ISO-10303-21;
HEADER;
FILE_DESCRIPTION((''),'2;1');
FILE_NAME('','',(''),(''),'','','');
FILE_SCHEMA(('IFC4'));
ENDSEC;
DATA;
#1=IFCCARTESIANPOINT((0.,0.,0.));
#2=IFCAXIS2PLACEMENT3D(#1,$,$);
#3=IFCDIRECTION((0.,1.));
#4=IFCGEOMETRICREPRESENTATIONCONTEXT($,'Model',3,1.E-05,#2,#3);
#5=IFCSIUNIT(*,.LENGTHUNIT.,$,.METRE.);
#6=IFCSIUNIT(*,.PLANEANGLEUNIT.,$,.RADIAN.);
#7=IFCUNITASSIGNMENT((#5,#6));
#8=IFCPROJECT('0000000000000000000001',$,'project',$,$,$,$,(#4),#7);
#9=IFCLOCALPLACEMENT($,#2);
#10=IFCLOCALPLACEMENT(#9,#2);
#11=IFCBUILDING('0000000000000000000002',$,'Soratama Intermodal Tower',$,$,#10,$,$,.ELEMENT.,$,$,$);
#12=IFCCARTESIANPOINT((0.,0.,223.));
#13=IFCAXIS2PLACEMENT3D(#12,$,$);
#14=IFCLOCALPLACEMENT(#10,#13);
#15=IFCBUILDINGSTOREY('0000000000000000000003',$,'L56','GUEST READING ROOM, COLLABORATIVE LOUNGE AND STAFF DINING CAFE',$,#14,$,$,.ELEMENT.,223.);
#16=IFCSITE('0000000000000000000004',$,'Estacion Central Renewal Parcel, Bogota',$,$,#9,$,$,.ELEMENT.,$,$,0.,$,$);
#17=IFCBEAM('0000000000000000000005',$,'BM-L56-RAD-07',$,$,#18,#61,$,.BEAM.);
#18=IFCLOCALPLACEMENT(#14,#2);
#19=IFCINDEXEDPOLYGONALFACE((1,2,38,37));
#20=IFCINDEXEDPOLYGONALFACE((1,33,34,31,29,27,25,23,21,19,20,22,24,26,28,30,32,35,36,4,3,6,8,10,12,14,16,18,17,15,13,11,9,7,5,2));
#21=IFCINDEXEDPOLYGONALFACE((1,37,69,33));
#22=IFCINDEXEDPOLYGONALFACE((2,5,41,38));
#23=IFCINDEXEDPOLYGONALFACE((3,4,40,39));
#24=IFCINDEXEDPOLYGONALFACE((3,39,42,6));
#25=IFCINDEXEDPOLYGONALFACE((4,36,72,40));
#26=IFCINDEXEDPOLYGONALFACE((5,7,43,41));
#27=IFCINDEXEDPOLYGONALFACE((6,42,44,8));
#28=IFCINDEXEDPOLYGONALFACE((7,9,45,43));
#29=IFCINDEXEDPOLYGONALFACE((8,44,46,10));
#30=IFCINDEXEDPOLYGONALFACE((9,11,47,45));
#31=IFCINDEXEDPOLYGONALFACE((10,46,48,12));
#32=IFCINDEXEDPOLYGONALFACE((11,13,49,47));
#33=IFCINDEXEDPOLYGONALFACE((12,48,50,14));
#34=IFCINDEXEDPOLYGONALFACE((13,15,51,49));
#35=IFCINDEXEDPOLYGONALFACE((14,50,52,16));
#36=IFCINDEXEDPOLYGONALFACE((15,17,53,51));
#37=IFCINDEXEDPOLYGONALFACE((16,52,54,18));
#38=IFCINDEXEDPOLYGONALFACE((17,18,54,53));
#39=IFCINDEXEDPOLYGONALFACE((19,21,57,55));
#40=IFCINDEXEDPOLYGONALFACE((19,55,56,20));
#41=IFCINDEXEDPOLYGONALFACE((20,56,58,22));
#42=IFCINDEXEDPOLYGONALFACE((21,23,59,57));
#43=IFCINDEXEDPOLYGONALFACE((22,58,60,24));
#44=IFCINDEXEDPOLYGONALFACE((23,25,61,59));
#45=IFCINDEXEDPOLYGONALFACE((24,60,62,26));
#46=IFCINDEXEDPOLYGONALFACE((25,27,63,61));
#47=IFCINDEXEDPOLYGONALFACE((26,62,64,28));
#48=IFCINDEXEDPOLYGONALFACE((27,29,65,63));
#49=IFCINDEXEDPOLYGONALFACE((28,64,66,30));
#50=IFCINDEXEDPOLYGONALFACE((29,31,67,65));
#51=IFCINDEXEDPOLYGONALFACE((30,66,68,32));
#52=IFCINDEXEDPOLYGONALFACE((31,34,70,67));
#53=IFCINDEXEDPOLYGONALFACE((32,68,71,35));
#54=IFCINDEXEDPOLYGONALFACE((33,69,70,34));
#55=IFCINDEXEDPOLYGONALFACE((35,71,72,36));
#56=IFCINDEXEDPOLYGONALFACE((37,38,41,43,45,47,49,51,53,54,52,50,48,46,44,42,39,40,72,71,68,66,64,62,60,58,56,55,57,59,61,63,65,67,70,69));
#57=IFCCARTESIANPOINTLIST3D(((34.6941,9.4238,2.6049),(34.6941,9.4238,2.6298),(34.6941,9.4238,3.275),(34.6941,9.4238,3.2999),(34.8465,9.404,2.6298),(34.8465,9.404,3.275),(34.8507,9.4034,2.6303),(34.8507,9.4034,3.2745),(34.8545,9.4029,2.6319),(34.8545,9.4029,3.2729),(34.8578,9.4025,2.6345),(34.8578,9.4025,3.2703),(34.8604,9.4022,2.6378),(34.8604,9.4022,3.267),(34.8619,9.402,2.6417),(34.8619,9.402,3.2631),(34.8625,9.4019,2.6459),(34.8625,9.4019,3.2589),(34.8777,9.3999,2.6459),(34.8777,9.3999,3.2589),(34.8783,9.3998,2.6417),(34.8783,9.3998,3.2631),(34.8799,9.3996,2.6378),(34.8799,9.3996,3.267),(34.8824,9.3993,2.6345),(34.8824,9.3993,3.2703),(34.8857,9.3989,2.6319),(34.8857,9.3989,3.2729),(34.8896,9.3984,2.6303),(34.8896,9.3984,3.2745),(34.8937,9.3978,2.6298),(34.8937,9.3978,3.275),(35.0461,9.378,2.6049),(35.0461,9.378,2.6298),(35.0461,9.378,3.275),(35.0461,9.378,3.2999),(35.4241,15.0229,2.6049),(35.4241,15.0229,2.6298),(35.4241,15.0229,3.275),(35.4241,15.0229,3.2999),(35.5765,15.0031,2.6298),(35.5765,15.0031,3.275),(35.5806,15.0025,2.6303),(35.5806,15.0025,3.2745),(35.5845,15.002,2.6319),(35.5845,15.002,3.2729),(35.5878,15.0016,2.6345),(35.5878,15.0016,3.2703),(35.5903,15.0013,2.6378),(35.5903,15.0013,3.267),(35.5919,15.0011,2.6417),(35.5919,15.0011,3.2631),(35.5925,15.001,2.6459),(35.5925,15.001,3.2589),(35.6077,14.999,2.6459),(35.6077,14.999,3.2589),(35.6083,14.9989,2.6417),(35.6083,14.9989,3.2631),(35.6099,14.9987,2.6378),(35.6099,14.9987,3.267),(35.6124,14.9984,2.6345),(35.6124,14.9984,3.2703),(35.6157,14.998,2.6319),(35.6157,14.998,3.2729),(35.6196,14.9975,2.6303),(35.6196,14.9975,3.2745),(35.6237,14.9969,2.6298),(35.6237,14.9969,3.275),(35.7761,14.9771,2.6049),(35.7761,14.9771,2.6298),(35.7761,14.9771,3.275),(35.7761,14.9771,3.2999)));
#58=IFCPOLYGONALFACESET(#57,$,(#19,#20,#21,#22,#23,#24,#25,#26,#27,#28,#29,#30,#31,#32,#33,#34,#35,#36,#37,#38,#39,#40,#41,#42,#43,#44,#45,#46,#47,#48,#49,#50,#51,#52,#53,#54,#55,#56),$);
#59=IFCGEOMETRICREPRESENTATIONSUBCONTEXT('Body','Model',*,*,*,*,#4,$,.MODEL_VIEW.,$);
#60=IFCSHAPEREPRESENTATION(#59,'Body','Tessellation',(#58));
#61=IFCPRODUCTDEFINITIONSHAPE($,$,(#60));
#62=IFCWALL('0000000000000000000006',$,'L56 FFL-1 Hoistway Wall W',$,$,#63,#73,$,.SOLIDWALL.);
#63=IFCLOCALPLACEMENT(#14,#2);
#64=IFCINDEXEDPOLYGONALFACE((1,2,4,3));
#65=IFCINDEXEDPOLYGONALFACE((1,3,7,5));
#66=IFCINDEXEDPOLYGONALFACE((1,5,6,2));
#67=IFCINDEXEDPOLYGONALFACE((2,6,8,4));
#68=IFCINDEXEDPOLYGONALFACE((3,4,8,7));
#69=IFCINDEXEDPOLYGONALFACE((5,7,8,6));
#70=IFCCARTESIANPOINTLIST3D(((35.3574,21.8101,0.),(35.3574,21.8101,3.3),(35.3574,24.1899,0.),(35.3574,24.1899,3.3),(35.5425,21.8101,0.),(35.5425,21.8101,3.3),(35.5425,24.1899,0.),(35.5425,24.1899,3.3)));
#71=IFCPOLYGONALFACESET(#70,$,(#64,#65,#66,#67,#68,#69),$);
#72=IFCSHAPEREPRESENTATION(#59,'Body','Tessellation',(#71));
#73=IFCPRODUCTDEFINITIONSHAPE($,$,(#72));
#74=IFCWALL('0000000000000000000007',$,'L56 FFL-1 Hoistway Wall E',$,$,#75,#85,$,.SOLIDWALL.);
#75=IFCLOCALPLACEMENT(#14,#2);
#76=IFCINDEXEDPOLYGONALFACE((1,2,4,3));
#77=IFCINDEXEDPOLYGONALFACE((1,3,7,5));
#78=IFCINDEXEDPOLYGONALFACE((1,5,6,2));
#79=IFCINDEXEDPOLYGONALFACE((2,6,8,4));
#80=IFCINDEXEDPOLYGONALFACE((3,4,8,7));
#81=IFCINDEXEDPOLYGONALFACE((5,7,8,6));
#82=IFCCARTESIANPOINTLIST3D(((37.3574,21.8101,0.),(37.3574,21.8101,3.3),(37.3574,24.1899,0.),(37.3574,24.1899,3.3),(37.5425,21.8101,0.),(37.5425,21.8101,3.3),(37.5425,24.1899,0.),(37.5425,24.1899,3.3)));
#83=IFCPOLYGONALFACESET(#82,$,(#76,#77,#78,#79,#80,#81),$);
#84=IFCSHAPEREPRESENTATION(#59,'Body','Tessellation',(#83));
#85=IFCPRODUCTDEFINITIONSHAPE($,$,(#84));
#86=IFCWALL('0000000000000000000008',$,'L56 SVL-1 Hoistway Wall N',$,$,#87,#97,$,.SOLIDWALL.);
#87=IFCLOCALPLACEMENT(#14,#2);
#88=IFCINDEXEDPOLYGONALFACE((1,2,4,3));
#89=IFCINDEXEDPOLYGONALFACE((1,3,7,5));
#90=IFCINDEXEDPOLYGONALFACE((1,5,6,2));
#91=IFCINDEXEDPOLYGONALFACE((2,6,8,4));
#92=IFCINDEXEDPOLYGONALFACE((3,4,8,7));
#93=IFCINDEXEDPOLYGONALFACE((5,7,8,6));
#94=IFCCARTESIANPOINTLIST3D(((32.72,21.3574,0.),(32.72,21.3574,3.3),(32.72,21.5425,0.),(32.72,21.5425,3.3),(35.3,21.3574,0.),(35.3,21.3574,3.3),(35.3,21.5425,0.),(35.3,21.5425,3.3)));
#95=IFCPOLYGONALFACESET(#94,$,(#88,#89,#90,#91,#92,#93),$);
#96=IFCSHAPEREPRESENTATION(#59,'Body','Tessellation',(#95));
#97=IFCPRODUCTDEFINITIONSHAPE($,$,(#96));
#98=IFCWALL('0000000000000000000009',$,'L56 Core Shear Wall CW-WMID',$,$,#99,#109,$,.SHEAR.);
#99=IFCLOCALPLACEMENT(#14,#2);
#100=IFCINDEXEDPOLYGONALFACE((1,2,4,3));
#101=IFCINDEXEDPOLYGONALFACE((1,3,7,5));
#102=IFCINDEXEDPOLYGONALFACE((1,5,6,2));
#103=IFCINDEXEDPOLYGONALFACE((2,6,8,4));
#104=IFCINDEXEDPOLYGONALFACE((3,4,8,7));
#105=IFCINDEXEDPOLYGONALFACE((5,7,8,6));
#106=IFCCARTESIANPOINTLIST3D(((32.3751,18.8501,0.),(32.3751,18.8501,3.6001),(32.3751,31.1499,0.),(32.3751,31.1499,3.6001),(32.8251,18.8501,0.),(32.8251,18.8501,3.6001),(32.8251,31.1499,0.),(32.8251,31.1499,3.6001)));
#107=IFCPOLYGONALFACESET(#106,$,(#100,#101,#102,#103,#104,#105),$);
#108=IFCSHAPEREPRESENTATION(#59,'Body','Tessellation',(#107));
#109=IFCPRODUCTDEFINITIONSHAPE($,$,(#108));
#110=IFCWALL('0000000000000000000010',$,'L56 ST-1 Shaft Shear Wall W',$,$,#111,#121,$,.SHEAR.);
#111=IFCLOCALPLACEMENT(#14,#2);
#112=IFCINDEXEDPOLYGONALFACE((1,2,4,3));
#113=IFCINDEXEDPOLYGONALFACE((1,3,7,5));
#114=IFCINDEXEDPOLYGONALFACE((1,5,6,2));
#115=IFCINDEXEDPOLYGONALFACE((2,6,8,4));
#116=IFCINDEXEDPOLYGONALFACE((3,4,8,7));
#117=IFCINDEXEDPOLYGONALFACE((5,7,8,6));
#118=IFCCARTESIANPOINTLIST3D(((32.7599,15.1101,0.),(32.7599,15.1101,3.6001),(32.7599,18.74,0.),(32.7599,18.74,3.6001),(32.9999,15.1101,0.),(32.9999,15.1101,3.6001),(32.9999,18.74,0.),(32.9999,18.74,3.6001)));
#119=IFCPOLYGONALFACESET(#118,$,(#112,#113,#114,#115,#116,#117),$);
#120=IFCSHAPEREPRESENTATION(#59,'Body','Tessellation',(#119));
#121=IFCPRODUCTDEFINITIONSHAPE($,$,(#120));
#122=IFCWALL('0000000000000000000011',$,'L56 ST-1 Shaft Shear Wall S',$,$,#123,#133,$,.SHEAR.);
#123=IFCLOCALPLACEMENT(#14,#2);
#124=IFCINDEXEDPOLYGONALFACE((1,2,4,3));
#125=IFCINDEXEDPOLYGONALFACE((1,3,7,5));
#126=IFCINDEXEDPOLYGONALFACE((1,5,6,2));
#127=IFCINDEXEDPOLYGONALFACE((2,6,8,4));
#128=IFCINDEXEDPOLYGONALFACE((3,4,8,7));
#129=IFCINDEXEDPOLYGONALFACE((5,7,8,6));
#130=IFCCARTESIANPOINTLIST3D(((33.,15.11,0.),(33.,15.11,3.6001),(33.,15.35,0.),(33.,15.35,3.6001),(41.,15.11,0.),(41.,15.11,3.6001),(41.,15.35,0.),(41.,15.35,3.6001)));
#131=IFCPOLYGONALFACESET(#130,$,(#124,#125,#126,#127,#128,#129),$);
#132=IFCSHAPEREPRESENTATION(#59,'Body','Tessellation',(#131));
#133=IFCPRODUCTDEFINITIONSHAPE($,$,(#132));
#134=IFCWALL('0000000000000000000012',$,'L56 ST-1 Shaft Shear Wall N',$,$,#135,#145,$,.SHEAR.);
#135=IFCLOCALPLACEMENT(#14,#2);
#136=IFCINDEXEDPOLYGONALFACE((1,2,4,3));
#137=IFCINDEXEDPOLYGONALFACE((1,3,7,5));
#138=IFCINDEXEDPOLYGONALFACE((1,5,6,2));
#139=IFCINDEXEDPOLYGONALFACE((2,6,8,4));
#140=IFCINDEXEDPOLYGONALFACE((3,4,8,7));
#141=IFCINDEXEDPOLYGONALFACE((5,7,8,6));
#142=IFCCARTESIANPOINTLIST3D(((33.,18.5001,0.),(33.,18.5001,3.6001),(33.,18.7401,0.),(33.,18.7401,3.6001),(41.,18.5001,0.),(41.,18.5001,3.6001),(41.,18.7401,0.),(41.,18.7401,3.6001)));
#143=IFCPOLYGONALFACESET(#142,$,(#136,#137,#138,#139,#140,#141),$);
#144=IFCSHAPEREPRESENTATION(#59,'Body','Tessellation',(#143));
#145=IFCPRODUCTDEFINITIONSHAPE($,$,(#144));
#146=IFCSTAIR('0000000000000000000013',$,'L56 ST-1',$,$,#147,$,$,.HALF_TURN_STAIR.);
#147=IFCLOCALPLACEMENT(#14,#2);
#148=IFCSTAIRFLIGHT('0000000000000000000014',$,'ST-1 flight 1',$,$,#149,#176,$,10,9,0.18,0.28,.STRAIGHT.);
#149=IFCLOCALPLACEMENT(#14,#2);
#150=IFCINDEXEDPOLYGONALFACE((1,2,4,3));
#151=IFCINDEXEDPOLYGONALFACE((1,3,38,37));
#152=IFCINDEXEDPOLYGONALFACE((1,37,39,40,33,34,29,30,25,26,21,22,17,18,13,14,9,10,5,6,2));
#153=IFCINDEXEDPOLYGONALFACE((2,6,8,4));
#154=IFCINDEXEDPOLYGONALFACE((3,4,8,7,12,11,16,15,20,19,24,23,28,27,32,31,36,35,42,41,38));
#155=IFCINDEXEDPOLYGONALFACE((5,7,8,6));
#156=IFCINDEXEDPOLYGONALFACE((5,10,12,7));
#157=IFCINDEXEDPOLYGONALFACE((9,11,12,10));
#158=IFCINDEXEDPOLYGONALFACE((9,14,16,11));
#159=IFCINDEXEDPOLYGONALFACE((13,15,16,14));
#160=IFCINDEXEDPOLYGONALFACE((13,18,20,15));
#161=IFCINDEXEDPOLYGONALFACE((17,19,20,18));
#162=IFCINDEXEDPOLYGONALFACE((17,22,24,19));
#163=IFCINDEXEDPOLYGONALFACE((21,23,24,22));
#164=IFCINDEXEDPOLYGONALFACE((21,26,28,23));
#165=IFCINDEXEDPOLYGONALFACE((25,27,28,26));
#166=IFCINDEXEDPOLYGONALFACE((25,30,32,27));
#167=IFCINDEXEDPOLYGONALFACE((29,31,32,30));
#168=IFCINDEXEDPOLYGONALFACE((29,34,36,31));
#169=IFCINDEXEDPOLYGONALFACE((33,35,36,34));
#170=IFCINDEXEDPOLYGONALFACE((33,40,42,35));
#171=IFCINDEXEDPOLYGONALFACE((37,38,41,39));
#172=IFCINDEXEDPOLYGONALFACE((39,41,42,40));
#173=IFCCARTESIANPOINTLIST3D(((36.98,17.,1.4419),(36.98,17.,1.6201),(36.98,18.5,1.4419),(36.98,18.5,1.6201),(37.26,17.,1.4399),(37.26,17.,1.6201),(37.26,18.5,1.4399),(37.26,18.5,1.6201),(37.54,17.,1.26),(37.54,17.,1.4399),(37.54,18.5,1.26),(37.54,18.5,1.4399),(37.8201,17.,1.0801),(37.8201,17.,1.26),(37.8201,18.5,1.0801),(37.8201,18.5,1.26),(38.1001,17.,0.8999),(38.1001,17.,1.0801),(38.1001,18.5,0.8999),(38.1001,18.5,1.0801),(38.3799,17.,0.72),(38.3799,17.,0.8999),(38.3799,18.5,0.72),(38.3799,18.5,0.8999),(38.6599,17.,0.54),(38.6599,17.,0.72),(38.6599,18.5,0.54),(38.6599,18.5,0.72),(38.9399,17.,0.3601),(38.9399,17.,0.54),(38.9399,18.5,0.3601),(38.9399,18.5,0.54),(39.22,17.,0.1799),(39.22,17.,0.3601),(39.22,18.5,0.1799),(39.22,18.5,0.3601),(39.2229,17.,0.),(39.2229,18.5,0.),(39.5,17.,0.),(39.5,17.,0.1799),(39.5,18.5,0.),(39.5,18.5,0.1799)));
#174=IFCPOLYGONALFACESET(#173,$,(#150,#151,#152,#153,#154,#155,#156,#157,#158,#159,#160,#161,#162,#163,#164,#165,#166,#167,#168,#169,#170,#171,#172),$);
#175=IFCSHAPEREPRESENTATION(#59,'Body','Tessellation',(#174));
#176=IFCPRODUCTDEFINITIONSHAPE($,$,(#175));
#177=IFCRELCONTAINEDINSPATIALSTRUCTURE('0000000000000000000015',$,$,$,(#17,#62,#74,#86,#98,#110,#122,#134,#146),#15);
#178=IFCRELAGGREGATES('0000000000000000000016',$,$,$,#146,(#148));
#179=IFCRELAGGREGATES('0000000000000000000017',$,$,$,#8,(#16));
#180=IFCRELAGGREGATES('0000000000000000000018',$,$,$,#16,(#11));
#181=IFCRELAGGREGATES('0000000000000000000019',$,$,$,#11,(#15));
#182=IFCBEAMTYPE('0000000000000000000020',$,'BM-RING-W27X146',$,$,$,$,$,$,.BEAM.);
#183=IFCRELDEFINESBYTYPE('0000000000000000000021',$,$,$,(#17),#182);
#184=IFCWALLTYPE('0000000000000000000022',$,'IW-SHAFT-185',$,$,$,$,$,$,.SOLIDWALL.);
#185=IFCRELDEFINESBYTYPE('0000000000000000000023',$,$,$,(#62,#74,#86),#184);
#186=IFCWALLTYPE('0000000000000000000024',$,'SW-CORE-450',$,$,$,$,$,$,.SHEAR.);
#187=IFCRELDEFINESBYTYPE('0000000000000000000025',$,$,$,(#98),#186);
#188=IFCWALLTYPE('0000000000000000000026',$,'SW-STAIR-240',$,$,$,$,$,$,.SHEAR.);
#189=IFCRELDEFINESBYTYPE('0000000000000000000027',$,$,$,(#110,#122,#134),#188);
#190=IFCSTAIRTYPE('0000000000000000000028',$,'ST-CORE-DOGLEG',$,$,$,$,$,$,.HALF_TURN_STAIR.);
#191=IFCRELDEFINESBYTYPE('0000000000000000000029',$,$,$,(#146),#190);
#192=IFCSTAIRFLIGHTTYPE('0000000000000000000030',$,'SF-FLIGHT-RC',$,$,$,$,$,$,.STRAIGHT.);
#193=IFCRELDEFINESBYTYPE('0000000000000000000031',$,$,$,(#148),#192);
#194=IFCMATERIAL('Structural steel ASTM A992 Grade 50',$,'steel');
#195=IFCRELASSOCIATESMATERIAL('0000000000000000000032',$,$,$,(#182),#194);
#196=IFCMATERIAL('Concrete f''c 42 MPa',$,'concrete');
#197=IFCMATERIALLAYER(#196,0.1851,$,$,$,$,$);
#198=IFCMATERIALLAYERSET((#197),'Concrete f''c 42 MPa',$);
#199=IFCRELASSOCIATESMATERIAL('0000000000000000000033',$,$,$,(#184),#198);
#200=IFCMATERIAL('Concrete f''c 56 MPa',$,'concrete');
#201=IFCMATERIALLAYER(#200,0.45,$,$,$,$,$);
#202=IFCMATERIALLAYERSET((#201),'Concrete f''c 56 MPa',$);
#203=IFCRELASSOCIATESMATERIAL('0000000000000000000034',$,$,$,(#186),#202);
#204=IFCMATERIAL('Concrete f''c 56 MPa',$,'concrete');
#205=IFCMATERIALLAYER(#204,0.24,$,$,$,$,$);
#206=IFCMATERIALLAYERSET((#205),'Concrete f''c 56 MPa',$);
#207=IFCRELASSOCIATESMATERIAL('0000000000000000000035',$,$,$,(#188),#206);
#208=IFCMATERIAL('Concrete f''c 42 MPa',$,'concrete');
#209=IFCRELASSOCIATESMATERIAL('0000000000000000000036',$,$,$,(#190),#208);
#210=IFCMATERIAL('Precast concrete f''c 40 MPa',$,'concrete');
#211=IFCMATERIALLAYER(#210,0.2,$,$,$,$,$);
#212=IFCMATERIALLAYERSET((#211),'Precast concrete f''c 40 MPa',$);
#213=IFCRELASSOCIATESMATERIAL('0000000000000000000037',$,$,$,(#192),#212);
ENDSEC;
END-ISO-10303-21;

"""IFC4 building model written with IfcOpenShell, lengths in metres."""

from ifc_helpers import new_model, si_unit, direction, frame, frame_2d, origin, origin_2d, place, context, subcontext, project, spatial, polyline, rectangle, i_section, outline, extrude, material, layer, layer_set, material_profile, profile_set, type_object, element, aggregate, save


model = new_model("IFC4")

# Units and contexts
model_context = context("Model", 3, precision=1e-05, world=origin(), true_north=direction((0.0, 1.0)))
body_context = subcontext(model_context, "Body", "Model", "MODEL_VIEW")
ifc_project = project(units=[si_unit("LENGTHUNIT", "METRE"), si_unit("PLANEANGLEUNIT", "RADIAN")], contexts=[model_context])

# Site, building, storey
site_placement = place(None, origin())
site = spatial("IfcSite", under=ifc_project, at=site_placement, Name="Estacion Central Renewal Parcel, Bogota", CompositionType="ELEMENT", RefElevation=0.0)
building_placement = place(site_placement, origin())
building = spatial("IfcBuilding", under=site, at=building_placement, Name="Soratama Intermodal Tower", CompositionType="ELEMENT")
storey_placement = place(building_placement, frame((0.0, 0.0, 223.0)))
storey = spatial("IfcBuildingStorey", under=building, at=storey_placement, Name="L56", Description="GUEST READING ROOM, COLLABORATIVE LOUNGE AND STAFF DINING CAFE", CompositionType="ELEMENT", Elevation=223.0)

# Beam
ifc_material_1 = material(Name="Structural steel ASTM A992 Grade 50", Category="steel")
ifc_material_profile_1 = material_profile(ifc_material_1, i_section(OverallWidth=0.355, OverallDepth=0.6951, WebThickness=0.0154, FlangeThickness=0.0249, FilletRadius=0.0161, at=origin_2d()), Name="W27X146")
ifc_profile_set_1 = profile_set([ifc_material_profile_1], Name="Structural steel ASTM A992 Grade 50")
beam_type_1 = type_object("IfcBeamType", Name="BM-RING-W27X146", PredefinedType="BEAM", material=ifc_profile_set_1)
beam_1_placement = place(storey_placement, frame((35.6001, 15.0, 2.9524), z_axis=(-0.12928, -0.991608, 0.0), x_axis=(0.991608, -0.12928, 0.0)))
element("IfcBeam", 1, at=beam_1_placement, inside=storey, type_object=beam_type_1, Name="BM-L56-RAD-07", PredefinedType="BEAM", context=body_context, shape_type="SweptSolid", body=[
    extrude(i_section(OverallWidth=0.355, OverallDepth=0.6951, WebThickness=0.0154, FlangeThickness=0.0249, FilletRadius=0.0161, at=origin_2d()), origin(), (0.0, 0.0, 1.0), 5.6465),
])

# Shared definitions
ifc_material_2 = material(Name="Concrete f'c 42 MPa", Category="concrete")
ifc_layer_1 = layer(ifc_material_2, 0.1851)
ifc_layer_set_1 = layer_set([ifc_layer_1], Name="Concrete f'c 42 MPa")
wall_type_1 = type_object("IfcWallType", Name="IW-SHAFT-185", PredefinedType="SOLIDWALL", material=ifc_layer_set_1)

# Walls
for number, where, z_axis, x_axis, name in (
    (2, (35.45, 21.8101, 0.0), (0.0, 0.0, 1.0), (0.0, 1.0, 0.0), "L56 FFL-1 Hoistway Wall W"),
    (3, (37.45, 21.8101, 0.0), (0.0, 0.0, 1.0), (0.0, 1.0, 0.0), "L56 FFL-1 Hoistway Wall E"),
):
    element("IfcWall", number, at=place(storey_placement, frame(where, z_axis=z_axis, x_axis=x_axis)), inside=storey, type_object=wall_type_1, Name=name, PredefinedType="SOLIDWALL", context=body_context, shape_type="SweptSolid", body=[
        extrude(rectangle(XDim=2.3799, YDim=0.1851, at=frame_2d((1.1899, 0.0))), origin(), (0.0, 0.0, 1.0), 3.3),
    ])

# Wall
wall_1_placement = place(storey_placement, frame((32.72, 21.45, 0.0), z_axis=(0.0, 0.0, 1.0), x_axis=(1.0, 0.0, 0.0)))
element("IfcWall", 4, at=wall_1_placement, inside=storey, type_object=wall_type_1, Name="L56 SVL-1 Hoistway Wall N", PredefinedType="SOLIDWALL", context=body_context, shape_type="SweptSolid", body=[
    extrude(rectangle(XDim=2.5801, YDim=0.1851, at=frame_2d((1.29, 0.0))), origin(), (0.0, 0.0, 1.0), 3.3),
])

# Walls
ifc_material_3 = material(Name="Concrete f'c 56 MPa", Category="concrete")
ifc_layer_2 = layer(ifc_material_3, 0.45)
ifc_layer_set_2 = layer_set([ifc_layer_2], Name="Concrete f'c 56 MPa")
wall_type_2 = type_object("IfcWallType", Name="SW-CORE-450", PredefinedType="SHEAR", material=ifc_layer_set_2)
wall_2_placement = place(storey_placement, frame((32.6001, 18.8501, 0.0), z_axis=(0.0, 0.0, 1.0), x_axis=(0.0, 1.0, 0.0)))
element("IfcWall", 5, at=wall_2_placement, inside=storey, type_object=wall_type_2, Name="L56 Core Shear Wall CW-WMID", PredefinedType="SHEAR", context=body_context, shape_type="SweptSolid", body=[
    extrude(rectangle(XDim=12.2998, YDim=0.45, at=frame_2d((6.1499, 0.0))), origin(), (0.0, 0.0, 1.0), 3.6001),
])
ifc_material_4 = material(Name="Concrete f'c 56 MPa", Category="concrete")
ifc_layer_3 = layer(ifc_material_4, 0.24)
ifc_layer_set_3 = layer_set([ifc_layer_3], Name="Concrete f'c 56 MPa")
wall_type_3 = type_object("IfcWallType", Name="SW-STAIR-240", PredefinedType="SHEAR", material=ifc_layer_set_3)
wall_3_placement = place(storey_placement, frame((32.8799, 15.1101, 0.0), z_axis=(0.0, 0.0, 1.0), x_axis=(0.0, 1.0, 0.0)))
element("IfcWall", 6, at=wall_3_placement, inside=storey, type_object=wall_type_3, Name="L56 ST-1 Shaft Shear Wall W", PredefinedType="SHEAR", context=body_context, shape_type="SweptSolid", body=[
    extrude(rectangle(XDim=3.6299, YDim=0.24, at=frame_2d((1.8149, 0.0))), origin(), (0.0, 0.0, 1.0), 3.6001),
])
for number, where, z_axis, x_axis, name in (
    (7, (33.0, 15.23, 0.0), (0.0, 0.0, 1.0), (1.0, 0.0, 0.0), "L56 ST-1 Shaft Shear Wall S"),
    (8, (33.0, 18.6201, 0.0), (0.0, 0.0, 1.0), (1.0, 0.0, 0.0), "L56 ST-1 Shaft Shear Wall N"),
):
    element("IfcWall", number, at=place(storey_placement, frame(where, z_axis=z_axis, x_axis=x_axis)), inside=storey, type_object=wall_type_3, Name=name, PredefinedType="SHEAR", context=body_context, shape_type="SweptSolid", body=[
        extrude(rectangle(XDim=8.0, YDim=0.24, at=frame_2d((4.0, 0.0))), origin(), (0.0, 0.0, 1.0), 3.6001),
    ])

# Stair, stair flight
ifc_material_5 = material(Name="Concrete f'c 42 MPa", Category="concrete")
stair_type = type_object("IfcStairType", Name="ST-CORE-DOGLEG", PredefinedType="HALF_TURN_STAIR", material=ifc_material_5)
stair_placement = place(storey_placement, origin())
stair = element("IfcStair", 9, at=stair_placement, inside=storey, type_object=stair_type, Name="L56 ST-1", PredefinedType="HALF_TURN_STAIR")
ifc_material_6 = material(Name="Precast concrete f'c 40 MPa", Category="concrete")
ifc_layer_4 = layer(ifc_material_6, 0.2)
ifc_layer_set_4 = layer_set([ifc_layer_4], Name="Precast concrete f'c 40 MPa")
stair_flight_type = type_object("IfcStairFlightType", Name="SF-FLIGHT-RC", PredefinedType="STRAIGHT", material=ifc_layer_set_4)
stair_flight_1_placement = place(storey_placement, frame((39.5, 17.75, 0.0), z_axis=(0.0, 0.0, 1.0), x_axis=(-1.0, 0.0, 0.0)))
stair_flight_1 = element("IfcStairFlight", 10, at=stair_flight_1_placement, type_object=stair_flight_type, Name="ST-1 flight 1", NumberOfRisers=10, NumberOfTreads=9, PredefinedType="STRAIGHT", RiserHeight=0.18, TreadLength=0.28, context=body_context, shape_type="SweptSolid", body=[
    extrude(outline(polyline([(0.0, 0.0), (0.0, 0.1799), (0.28, 0.1799), (0.28, 0.3601), (0.5601, 0.3601), (0.5601, 0.54), (0.8401, 0.54), (0.8401, 0.72), (1.1201, 0.72), (1.1201, 0.8999), (1.3999, 0.8999), (1.3999, 1.0801), (1.6799, 1.0801), (1.6799, 1.26), (1.96, 1.26), (1.96, 1.4399), (2.24, 1.4399), (2.24, 1.6201), (2.52, 1.6201), (2.52, 1.8), (2.52, 1.4419), (0.2771, 0.0), (0.0, 0.0)])), frame((0.0, 0.75, 0.0), z_axis=(0.0, -1.0, 0.0), x_axis=(1.0, 0.0, 0.0)), (0.0, 0.0, 1.0), 1.5),
])
aggregate(stair, [stair_flight_1])

save(model, "model.ifc")
